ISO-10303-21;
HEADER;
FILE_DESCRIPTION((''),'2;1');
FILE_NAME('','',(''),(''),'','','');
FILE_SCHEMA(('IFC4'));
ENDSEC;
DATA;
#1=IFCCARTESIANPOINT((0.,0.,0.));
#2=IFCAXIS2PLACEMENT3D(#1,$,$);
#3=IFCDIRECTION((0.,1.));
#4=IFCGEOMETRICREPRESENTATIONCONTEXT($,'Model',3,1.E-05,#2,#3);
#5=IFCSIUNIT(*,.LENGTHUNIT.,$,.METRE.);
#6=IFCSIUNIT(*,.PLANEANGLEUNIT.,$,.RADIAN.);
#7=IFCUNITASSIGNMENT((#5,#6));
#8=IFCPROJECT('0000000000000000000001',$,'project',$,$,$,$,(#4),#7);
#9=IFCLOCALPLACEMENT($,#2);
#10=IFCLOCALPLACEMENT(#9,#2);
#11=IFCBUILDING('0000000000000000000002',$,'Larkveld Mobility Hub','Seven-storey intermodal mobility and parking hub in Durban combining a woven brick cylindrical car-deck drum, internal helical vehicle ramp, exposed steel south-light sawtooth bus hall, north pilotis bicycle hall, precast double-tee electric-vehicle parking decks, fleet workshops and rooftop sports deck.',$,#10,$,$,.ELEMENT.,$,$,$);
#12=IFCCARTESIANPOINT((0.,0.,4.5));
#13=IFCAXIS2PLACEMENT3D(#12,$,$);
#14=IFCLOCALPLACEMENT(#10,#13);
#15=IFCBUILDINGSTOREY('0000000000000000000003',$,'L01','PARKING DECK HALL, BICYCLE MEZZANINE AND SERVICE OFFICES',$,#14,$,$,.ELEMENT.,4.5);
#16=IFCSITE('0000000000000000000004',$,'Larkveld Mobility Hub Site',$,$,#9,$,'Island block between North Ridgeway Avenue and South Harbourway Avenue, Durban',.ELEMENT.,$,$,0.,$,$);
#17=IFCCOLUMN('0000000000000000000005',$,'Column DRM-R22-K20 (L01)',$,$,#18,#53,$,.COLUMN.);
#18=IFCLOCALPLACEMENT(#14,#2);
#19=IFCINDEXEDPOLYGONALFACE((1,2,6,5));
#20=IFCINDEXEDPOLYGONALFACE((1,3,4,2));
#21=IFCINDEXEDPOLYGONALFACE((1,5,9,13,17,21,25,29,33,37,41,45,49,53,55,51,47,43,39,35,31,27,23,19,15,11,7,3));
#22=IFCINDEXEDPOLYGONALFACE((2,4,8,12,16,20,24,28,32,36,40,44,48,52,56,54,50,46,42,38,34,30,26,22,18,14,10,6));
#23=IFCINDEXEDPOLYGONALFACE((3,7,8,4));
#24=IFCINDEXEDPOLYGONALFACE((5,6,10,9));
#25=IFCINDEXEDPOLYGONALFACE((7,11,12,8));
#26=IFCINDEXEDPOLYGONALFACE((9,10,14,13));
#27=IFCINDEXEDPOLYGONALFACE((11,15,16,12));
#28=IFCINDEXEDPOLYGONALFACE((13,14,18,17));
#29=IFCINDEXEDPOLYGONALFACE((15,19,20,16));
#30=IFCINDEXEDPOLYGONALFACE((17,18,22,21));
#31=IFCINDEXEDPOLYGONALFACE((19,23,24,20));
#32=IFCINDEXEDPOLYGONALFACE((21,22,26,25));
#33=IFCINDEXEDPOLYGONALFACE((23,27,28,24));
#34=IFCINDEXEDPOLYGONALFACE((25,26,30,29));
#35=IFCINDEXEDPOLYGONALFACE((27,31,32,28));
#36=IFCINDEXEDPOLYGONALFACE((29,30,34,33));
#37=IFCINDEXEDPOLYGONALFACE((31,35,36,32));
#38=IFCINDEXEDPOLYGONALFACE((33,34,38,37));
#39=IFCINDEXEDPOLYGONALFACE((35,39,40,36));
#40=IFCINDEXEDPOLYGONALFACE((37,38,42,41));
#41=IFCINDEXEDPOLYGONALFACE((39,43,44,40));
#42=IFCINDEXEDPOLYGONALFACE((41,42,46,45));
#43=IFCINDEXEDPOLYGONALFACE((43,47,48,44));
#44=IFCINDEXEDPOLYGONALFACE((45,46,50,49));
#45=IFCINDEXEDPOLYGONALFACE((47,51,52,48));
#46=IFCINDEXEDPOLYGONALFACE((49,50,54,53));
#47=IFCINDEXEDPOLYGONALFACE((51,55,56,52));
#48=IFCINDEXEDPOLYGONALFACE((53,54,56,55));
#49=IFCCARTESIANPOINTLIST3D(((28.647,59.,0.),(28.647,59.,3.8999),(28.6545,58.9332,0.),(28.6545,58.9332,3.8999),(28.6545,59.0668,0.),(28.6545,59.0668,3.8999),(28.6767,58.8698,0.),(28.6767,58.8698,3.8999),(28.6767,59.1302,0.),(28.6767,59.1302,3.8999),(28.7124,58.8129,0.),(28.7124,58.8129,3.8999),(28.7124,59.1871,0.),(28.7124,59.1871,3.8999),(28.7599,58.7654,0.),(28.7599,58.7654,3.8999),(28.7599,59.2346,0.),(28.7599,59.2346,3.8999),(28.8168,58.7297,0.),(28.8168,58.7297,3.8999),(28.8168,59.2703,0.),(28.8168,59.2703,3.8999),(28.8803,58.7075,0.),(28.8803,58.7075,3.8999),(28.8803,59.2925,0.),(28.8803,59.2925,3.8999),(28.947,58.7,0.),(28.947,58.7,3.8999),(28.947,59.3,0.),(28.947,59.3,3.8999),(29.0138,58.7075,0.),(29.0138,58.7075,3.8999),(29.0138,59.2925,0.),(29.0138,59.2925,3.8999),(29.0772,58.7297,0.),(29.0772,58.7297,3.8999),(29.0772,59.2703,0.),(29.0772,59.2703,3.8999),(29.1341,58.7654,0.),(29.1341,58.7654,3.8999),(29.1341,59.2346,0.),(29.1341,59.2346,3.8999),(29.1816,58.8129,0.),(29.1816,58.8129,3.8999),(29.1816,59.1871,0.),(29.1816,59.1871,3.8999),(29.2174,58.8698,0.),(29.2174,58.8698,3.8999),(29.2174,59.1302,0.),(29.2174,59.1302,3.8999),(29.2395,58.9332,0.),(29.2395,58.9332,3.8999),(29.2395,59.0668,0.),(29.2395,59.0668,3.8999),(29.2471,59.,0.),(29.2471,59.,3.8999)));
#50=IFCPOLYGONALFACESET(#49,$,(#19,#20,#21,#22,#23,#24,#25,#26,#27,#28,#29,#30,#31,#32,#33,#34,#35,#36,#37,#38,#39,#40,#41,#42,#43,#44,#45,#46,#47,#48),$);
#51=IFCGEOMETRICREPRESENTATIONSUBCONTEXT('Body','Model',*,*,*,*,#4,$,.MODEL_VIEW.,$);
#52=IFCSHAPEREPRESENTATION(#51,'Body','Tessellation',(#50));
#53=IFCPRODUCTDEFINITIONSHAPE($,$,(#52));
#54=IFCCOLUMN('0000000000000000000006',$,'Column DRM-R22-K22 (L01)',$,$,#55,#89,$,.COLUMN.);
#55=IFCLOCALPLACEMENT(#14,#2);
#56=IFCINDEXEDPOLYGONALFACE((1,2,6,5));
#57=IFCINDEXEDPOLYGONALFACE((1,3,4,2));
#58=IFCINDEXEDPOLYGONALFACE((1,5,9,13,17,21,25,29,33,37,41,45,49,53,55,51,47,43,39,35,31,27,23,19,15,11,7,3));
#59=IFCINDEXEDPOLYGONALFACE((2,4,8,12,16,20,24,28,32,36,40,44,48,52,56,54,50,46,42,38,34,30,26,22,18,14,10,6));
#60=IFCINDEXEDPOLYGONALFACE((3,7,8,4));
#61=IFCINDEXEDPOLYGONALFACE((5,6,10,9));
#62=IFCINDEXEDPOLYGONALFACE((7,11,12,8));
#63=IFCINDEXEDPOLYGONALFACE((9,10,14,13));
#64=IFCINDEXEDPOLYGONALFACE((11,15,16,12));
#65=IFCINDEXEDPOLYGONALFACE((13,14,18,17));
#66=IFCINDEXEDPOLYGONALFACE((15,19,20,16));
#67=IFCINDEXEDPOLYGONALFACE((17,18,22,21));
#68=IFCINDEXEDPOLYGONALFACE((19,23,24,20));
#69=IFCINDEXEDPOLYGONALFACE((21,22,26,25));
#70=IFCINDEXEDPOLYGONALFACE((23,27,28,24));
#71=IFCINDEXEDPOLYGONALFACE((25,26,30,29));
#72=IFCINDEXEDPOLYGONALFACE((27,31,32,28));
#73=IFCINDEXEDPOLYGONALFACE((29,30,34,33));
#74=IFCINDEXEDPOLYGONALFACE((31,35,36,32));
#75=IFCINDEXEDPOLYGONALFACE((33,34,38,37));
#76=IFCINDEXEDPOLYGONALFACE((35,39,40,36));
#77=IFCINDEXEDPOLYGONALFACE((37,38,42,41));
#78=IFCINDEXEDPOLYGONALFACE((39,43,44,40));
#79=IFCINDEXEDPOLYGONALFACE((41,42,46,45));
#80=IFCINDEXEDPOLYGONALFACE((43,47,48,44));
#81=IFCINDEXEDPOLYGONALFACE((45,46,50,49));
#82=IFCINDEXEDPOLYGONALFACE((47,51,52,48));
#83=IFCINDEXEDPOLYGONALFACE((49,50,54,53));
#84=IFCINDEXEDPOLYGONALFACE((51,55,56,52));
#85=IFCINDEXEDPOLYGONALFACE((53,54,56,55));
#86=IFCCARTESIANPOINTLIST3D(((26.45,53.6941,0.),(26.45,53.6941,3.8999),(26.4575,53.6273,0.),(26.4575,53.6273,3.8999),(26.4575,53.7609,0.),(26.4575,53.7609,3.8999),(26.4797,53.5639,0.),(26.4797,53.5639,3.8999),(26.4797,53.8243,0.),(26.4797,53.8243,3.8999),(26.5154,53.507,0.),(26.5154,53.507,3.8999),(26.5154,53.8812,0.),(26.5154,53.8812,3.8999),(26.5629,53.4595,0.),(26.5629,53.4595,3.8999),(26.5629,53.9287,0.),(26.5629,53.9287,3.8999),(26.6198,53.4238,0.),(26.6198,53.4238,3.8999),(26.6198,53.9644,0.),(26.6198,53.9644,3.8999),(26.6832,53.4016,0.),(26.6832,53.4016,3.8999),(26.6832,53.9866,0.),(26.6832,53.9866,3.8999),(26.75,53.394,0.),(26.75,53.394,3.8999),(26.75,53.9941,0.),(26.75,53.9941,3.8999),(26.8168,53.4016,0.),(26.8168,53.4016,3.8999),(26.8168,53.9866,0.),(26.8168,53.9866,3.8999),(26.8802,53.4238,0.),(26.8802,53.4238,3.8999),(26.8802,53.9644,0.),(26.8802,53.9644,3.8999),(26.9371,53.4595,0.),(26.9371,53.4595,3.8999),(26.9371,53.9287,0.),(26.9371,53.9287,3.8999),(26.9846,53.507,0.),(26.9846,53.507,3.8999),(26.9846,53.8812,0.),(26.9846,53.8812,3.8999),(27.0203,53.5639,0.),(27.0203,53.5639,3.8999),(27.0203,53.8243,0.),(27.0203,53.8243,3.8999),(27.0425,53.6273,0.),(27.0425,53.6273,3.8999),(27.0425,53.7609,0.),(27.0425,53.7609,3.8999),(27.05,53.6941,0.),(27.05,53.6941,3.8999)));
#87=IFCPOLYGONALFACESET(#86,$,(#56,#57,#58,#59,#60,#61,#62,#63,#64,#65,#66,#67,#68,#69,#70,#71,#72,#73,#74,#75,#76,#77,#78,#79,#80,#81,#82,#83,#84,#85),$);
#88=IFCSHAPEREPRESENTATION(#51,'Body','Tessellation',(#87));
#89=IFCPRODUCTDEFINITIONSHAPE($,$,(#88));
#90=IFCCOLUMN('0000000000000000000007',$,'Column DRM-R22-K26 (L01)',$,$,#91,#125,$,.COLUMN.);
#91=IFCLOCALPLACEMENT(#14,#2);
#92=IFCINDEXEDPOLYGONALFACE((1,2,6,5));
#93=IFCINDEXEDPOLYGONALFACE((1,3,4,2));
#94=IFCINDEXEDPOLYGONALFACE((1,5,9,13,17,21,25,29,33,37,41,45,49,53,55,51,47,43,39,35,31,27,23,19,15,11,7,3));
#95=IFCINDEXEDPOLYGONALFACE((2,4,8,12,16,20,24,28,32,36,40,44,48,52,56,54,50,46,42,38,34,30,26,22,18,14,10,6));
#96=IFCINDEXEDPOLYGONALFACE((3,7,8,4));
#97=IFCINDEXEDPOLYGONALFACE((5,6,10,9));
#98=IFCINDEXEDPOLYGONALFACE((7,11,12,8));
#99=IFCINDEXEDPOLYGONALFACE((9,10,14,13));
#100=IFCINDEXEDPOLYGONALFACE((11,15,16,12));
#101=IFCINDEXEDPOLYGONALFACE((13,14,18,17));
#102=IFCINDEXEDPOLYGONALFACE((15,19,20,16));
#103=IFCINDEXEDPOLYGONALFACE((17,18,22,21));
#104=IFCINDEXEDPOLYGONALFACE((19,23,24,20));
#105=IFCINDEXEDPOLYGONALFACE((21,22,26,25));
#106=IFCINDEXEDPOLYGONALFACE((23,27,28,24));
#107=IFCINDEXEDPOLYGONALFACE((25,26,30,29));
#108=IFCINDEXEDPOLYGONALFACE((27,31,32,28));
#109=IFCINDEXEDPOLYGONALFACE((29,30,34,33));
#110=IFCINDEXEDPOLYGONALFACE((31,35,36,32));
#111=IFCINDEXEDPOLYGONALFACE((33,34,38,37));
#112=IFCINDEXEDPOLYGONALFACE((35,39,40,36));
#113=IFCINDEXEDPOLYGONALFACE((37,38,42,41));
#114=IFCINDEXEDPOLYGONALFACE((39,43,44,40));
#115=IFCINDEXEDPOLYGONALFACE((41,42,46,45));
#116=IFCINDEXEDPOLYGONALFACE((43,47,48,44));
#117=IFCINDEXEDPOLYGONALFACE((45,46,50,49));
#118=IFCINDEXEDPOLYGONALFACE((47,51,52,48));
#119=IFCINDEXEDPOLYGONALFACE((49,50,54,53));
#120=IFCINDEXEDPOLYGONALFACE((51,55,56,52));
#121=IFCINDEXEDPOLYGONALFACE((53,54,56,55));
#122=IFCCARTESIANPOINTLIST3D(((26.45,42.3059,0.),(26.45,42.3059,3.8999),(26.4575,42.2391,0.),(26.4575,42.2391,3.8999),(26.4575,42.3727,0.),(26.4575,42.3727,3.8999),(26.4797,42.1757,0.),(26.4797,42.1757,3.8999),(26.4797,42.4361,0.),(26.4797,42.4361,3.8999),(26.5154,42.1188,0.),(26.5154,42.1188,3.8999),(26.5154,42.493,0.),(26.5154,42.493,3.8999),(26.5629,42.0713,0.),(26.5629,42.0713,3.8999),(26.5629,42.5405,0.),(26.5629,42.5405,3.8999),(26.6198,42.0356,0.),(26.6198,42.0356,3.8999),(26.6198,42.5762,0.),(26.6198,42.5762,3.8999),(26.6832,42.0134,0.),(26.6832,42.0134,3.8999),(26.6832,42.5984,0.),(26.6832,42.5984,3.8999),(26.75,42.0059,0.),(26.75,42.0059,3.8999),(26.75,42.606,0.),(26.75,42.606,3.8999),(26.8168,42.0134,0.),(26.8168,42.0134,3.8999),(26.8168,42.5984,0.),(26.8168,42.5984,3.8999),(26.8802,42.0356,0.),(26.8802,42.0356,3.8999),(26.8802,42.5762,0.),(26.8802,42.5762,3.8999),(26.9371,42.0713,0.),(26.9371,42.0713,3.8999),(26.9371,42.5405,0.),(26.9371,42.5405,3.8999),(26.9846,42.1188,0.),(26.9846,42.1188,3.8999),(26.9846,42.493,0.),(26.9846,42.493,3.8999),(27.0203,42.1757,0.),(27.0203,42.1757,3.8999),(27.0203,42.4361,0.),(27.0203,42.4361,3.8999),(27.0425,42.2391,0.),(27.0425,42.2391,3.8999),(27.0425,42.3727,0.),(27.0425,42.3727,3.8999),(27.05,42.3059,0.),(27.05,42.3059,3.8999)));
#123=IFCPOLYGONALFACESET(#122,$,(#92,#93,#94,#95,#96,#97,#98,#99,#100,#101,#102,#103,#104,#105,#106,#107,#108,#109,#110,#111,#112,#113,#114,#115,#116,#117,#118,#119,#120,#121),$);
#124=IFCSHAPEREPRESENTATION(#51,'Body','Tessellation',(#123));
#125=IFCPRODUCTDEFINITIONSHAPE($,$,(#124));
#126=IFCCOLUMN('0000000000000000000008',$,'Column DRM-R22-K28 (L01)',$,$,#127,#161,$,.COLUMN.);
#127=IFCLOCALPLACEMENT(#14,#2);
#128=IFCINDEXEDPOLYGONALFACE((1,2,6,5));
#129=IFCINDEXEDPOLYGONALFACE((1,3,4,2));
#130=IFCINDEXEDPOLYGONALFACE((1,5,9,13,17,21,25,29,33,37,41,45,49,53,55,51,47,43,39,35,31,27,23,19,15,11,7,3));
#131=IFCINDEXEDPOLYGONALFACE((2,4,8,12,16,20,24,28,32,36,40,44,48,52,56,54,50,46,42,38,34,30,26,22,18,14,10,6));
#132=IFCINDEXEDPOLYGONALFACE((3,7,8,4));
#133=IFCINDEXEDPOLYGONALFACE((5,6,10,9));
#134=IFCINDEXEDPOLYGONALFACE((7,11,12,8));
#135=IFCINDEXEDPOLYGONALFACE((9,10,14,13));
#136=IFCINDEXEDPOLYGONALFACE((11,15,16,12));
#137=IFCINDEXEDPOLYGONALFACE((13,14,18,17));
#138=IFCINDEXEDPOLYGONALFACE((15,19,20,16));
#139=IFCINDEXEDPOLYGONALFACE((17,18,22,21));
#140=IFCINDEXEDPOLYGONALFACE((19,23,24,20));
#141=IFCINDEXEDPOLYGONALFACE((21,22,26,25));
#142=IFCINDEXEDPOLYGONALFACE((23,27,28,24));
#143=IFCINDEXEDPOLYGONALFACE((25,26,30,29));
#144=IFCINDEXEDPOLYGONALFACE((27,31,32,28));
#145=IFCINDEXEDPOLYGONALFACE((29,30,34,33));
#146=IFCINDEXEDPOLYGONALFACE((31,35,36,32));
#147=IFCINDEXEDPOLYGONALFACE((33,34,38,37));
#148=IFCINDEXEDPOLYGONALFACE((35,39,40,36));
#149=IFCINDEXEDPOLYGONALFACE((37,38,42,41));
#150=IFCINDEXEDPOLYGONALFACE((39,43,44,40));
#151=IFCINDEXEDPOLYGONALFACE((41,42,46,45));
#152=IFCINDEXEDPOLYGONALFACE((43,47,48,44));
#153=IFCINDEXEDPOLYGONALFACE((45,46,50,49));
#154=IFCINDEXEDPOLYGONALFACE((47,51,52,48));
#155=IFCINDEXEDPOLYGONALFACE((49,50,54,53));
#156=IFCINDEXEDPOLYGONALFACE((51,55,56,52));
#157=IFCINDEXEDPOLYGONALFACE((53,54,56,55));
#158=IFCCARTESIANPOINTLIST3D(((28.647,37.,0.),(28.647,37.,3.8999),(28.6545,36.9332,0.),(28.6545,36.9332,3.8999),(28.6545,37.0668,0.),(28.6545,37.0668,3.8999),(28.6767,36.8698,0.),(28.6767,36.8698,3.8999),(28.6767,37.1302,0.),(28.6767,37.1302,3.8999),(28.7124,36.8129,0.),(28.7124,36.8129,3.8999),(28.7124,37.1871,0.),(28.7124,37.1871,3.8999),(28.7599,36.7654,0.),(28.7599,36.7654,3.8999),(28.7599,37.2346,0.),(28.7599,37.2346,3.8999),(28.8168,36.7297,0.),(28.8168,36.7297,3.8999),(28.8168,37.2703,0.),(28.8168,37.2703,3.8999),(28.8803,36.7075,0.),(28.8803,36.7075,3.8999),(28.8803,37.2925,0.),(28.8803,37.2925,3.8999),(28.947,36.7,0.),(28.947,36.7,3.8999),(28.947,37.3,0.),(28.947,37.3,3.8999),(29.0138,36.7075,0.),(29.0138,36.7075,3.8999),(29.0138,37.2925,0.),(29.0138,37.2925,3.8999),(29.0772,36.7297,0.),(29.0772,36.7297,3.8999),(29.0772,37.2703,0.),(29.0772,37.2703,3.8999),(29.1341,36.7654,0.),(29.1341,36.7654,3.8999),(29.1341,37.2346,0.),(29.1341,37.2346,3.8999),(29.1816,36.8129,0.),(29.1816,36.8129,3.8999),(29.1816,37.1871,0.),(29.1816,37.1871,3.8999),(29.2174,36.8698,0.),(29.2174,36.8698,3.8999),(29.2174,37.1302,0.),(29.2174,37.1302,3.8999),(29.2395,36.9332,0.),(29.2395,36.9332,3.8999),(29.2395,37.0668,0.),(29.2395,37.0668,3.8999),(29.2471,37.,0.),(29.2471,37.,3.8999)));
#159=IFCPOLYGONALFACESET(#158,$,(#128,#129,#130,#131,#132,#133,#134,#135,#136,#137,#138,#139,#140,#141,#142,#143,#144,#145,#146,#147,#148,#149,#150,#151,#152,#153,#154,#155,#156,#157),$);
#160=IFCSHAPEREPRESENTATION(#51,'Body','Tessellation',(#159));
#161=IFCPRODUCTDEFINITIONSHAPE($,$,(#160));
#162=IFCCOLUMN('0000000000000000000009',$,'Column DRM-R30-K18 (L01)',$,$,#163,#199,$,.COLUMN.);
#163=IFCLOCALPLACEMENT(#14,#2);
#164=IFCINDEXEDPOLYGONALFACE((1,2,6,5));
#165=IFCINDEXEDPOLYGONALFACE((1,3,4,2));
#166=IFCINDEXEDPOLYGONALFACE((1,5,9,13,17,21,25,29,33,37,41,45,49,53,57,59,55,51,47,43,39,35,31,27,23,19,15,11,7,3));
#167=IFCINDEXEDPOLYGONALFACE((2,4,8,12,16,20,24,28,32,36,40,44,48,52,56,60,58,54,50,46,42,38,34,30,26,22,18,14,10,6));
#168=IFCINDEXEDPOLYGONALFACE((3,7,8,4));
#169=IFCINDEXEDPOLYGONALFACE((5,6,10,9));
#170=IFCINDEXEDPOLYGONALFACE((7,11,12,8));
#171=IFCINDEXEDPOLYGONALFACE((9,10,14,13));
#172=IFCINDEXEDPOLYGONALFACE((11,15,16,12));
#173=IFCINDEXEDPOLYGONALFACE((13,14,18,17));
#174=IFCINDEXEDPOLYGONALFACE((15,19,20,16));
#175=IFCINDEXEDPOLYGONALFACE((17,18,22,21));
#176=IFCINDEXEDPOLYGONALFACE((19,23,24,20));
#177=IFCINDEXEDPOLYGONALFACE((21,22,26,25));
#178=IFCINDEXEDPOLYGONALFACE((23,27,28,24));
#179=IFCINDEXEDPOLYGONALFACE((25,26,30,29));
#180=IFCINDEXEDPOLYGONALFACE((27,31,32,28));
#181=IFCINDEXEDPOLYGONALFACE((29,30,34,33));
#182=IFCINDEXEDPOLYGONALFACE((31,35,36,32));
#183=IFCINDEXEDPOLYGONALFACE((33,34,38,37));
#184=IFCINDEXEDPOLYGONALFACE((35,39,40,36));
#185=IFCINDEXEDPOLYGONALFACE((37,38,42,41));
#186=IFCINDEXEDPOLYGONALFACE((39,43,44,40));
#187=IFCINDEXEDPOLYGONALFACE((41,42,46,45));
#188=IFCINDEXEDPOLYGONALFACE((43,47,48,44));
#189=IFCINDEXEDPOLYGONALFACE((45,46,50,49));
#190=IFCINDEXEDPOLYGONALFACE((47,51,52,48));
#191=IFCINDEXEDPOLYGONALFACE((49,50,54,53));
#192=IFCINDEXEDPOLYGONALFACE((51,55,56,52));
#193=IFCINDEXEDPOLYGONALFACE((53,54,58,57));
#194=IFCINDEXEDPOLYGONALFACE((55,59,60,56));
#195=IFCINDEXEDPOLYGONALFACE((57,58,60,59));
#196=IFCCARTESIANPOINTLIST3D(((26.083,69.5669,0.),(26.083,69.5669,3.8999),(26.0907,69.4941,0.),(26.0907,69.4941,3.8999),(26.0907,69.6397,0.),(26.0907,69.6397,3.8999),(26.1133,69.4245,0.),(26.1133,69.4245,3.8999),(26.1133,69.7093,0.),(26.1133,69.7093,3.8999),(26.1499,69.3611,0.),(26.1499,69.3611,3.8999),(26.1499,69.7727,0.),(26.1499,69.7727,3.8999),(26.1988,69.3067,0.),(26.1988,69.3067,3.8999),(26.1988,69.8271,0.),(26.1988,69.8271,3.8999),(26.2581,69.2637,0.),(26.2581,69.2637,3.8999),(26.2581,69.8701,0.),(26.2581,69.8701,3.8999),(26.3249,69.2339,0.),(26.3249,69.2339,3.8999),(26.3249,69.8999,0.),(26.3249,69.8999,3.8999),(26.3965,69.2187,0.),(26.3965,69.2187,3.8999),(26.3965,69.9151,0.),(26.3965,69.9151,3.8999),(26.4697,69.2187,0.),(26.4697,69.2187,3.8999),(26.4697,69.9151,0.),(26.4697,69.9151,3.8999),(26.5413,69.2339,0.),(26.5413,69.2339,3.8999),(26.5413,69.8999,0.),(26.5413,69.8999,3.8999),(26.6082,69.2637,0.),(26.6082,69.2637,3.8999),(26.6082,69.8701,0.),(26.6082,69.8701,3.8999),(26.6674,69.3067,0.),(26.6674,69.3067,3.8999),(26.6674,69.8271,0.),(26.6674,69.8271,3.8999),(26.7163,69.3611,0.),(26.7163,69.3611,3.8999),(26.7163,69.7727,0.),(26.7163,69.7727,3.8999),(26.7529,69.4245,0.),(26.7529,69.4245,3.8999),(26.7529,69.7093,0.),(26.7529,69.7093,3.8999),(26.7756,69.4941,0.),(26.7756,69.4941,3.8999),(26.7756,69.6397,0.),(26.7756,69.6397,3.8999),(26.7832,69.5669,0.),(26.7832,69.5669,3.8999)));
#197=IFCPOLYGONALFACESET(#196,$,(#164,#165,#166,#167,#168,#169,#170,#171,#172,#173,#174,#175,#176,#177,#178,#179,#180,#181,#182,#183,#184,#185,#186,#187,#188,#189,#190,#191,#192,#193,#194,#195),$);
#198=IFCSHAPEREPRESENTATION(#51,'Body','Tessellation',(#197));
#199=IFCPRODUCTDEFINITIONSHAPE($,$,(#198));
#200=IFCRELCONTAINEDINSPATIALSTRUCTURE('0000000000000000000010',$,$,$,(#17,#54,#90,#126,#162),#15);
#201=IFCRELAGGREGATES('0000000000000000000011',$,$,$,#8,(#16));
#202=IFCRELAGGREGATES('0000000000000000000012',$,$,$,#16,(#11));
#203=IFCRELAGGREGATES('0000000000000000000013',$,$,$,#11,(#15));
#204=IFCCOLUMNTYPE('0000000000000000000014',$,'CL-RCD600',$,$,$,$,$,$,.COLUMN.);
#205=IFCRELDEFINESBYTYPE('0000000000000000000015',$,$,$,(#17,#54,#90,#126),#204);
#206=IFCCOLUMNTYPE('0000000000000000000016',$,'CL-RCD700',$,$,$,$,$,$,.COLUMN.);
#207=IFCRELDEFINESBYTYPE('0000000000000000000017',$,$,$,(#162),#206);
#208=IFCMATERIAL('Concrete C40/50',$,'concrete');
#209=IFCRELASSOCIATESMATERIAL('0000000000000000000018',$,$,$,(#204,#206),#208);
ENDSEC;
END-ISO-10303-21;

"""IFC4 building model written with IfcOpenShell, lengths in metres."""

from ifc_helpers import new_model, si_unit, direction, frame, origin, origin_2d, place, context, subcontext, project, spatial, circle, extrude, material, material_profile, profile_set, type_object, element, save


model = new_model("IFC4")

# Units and contexts
model_context = context("Model", 3, precision=1e-05, world=origin(), true_north=direction((0.0, 1.0)))
body_context = subcontext(model_context, "Body", "Model", "MODEL_VIEW")
ifc_project = project(units=[si_unit("LENGTHUNIT", "METRE"), si_unit("PLANEANGLEUNIT", "RADIAN")], contexts=[model_context])

# Site, building, storey
site_placement = place(None, origin())
site = spatial("IfcSite", under=ifc_project, at=site_placement, Name="Larkveld Mobility Hub Site", LongName="Island block between North Ridgeway Avenue and South Harbourway Avenue, Durban", CompositionType="ELEMENT", RefElevation=0.0)
building_placement = place(site_placement, origin())
building = spatial("IfcBuilding", under=site, at=building_placement, Name="Larkveld Mobility Hub", Description="Seven-storey intermodal mobility and parking hub in Durban combining a woven brick cylindrical car-deck drum, internal helical vehicle ramp, exposed steel south-light sawtooth bus hall, north pilotis bicycle hall, precast double-tee electric-vehicle parking decks, fleet workshops and rooftop sports deck.", CompositionType="ELEMENT")
storey_placement = place(building_placement, frame((0.0, 0.0, 4.5)))
storey = spatial("IfcBuildingStorey", under=building, at=storey_placement, Name="L01", Description="PARKING DECK HALL, BICYCLE MEZZANINE AND SERVICE OFFICES", CompositionType="ELEMENT", Elevation=4.5)

# Columns
ifc_material_1 = material(Name="Concrete C40/50", Category="concrete")
ifc_material_profile_1 = material_profile(ifc_material_1, circle(Radius=0.3, at=origin_2d()), Name="RC COL D600")
ifc_profile_set_1 = profile_set([ifc_material_profile_1], Name="Concrete C40/50")
column_type_1 = type_object("IfcColumnType", Name="CL-RCD600", PredefinedType="COLUMN", material=ifc_profile_set_1)
for number, where, z_axis, x_axis, name in (
    (1, (28.947, 59.0, 0.0), (0.0, 0.0, 1.0), (1.0, 0.0, 0.0), "Column DRM-R22-K20 (L01)"),
    (2, (26.75, 53.6941, 0.0), (0.0, 0.0, 1.0), (1.0, 0.0, 0.0), "Column DRM-R22-K22 (L01)"),
    (3, (26.75, 42.3059, 0.0), (0.0, 0.0, 1.0), (1.0, 0.0, 0.0), "Column DRM-R22-K26 (L01)"),
    (4, (28.947, 37.0, 0.0), (0.0, 0.0, 1.0), (1.0, 0.0, 0.0), "Column DRM-R22-K28 (L01)"),
):
    element("IfcColumn", number, at=place(storey_placement, frame(where, z_axis=z_axis, x_axis=x_axis)), inside=storey, type_object=column_type_1, Name=name, PredefinedType="COLUMN", context=body_context, shape_type="SweptSolid", body=[
        extrude(circle(Radius=0.3, at=origin_2d()), origin(), (0.0, 0.0, 1.0), 3.8999),
    ])
ifc_material_profile_2 = material_profile(ifc_material_1, circle(Radius=0.3501, at=origin_2d()), Name="RC COL D700")
ifc_profile_set_2 = profile_set([ifc_material_profile_2], Name="Concrete C40/50")
column_type_2 = type_object("IfcColumnType", Name="CL-RCD700", PredefinedType="COLUMN", material=ifc_profile_set_2)
column_placement = place(storey_placement, frame((26.4331, 69.5669, 0.0), z_axis=(0.0, 0.0, 1.0), x_axis=(1.0, 0.0, 0.0)))
element("IfcColumn", 5, at=column_placement, inside=storey, type_object=column_type_2, Name="Column DRM-R30-K18 (L01)", PredefinedType="COLUMN", context=body_context, shape_type="SweptSolid", body=[
    extrude(circle(Radius=0.3501, at=origin_2d()), origin(), (0.0, 0.0, 1.0), 3.8999),
])

save(model, "model.ifc")
